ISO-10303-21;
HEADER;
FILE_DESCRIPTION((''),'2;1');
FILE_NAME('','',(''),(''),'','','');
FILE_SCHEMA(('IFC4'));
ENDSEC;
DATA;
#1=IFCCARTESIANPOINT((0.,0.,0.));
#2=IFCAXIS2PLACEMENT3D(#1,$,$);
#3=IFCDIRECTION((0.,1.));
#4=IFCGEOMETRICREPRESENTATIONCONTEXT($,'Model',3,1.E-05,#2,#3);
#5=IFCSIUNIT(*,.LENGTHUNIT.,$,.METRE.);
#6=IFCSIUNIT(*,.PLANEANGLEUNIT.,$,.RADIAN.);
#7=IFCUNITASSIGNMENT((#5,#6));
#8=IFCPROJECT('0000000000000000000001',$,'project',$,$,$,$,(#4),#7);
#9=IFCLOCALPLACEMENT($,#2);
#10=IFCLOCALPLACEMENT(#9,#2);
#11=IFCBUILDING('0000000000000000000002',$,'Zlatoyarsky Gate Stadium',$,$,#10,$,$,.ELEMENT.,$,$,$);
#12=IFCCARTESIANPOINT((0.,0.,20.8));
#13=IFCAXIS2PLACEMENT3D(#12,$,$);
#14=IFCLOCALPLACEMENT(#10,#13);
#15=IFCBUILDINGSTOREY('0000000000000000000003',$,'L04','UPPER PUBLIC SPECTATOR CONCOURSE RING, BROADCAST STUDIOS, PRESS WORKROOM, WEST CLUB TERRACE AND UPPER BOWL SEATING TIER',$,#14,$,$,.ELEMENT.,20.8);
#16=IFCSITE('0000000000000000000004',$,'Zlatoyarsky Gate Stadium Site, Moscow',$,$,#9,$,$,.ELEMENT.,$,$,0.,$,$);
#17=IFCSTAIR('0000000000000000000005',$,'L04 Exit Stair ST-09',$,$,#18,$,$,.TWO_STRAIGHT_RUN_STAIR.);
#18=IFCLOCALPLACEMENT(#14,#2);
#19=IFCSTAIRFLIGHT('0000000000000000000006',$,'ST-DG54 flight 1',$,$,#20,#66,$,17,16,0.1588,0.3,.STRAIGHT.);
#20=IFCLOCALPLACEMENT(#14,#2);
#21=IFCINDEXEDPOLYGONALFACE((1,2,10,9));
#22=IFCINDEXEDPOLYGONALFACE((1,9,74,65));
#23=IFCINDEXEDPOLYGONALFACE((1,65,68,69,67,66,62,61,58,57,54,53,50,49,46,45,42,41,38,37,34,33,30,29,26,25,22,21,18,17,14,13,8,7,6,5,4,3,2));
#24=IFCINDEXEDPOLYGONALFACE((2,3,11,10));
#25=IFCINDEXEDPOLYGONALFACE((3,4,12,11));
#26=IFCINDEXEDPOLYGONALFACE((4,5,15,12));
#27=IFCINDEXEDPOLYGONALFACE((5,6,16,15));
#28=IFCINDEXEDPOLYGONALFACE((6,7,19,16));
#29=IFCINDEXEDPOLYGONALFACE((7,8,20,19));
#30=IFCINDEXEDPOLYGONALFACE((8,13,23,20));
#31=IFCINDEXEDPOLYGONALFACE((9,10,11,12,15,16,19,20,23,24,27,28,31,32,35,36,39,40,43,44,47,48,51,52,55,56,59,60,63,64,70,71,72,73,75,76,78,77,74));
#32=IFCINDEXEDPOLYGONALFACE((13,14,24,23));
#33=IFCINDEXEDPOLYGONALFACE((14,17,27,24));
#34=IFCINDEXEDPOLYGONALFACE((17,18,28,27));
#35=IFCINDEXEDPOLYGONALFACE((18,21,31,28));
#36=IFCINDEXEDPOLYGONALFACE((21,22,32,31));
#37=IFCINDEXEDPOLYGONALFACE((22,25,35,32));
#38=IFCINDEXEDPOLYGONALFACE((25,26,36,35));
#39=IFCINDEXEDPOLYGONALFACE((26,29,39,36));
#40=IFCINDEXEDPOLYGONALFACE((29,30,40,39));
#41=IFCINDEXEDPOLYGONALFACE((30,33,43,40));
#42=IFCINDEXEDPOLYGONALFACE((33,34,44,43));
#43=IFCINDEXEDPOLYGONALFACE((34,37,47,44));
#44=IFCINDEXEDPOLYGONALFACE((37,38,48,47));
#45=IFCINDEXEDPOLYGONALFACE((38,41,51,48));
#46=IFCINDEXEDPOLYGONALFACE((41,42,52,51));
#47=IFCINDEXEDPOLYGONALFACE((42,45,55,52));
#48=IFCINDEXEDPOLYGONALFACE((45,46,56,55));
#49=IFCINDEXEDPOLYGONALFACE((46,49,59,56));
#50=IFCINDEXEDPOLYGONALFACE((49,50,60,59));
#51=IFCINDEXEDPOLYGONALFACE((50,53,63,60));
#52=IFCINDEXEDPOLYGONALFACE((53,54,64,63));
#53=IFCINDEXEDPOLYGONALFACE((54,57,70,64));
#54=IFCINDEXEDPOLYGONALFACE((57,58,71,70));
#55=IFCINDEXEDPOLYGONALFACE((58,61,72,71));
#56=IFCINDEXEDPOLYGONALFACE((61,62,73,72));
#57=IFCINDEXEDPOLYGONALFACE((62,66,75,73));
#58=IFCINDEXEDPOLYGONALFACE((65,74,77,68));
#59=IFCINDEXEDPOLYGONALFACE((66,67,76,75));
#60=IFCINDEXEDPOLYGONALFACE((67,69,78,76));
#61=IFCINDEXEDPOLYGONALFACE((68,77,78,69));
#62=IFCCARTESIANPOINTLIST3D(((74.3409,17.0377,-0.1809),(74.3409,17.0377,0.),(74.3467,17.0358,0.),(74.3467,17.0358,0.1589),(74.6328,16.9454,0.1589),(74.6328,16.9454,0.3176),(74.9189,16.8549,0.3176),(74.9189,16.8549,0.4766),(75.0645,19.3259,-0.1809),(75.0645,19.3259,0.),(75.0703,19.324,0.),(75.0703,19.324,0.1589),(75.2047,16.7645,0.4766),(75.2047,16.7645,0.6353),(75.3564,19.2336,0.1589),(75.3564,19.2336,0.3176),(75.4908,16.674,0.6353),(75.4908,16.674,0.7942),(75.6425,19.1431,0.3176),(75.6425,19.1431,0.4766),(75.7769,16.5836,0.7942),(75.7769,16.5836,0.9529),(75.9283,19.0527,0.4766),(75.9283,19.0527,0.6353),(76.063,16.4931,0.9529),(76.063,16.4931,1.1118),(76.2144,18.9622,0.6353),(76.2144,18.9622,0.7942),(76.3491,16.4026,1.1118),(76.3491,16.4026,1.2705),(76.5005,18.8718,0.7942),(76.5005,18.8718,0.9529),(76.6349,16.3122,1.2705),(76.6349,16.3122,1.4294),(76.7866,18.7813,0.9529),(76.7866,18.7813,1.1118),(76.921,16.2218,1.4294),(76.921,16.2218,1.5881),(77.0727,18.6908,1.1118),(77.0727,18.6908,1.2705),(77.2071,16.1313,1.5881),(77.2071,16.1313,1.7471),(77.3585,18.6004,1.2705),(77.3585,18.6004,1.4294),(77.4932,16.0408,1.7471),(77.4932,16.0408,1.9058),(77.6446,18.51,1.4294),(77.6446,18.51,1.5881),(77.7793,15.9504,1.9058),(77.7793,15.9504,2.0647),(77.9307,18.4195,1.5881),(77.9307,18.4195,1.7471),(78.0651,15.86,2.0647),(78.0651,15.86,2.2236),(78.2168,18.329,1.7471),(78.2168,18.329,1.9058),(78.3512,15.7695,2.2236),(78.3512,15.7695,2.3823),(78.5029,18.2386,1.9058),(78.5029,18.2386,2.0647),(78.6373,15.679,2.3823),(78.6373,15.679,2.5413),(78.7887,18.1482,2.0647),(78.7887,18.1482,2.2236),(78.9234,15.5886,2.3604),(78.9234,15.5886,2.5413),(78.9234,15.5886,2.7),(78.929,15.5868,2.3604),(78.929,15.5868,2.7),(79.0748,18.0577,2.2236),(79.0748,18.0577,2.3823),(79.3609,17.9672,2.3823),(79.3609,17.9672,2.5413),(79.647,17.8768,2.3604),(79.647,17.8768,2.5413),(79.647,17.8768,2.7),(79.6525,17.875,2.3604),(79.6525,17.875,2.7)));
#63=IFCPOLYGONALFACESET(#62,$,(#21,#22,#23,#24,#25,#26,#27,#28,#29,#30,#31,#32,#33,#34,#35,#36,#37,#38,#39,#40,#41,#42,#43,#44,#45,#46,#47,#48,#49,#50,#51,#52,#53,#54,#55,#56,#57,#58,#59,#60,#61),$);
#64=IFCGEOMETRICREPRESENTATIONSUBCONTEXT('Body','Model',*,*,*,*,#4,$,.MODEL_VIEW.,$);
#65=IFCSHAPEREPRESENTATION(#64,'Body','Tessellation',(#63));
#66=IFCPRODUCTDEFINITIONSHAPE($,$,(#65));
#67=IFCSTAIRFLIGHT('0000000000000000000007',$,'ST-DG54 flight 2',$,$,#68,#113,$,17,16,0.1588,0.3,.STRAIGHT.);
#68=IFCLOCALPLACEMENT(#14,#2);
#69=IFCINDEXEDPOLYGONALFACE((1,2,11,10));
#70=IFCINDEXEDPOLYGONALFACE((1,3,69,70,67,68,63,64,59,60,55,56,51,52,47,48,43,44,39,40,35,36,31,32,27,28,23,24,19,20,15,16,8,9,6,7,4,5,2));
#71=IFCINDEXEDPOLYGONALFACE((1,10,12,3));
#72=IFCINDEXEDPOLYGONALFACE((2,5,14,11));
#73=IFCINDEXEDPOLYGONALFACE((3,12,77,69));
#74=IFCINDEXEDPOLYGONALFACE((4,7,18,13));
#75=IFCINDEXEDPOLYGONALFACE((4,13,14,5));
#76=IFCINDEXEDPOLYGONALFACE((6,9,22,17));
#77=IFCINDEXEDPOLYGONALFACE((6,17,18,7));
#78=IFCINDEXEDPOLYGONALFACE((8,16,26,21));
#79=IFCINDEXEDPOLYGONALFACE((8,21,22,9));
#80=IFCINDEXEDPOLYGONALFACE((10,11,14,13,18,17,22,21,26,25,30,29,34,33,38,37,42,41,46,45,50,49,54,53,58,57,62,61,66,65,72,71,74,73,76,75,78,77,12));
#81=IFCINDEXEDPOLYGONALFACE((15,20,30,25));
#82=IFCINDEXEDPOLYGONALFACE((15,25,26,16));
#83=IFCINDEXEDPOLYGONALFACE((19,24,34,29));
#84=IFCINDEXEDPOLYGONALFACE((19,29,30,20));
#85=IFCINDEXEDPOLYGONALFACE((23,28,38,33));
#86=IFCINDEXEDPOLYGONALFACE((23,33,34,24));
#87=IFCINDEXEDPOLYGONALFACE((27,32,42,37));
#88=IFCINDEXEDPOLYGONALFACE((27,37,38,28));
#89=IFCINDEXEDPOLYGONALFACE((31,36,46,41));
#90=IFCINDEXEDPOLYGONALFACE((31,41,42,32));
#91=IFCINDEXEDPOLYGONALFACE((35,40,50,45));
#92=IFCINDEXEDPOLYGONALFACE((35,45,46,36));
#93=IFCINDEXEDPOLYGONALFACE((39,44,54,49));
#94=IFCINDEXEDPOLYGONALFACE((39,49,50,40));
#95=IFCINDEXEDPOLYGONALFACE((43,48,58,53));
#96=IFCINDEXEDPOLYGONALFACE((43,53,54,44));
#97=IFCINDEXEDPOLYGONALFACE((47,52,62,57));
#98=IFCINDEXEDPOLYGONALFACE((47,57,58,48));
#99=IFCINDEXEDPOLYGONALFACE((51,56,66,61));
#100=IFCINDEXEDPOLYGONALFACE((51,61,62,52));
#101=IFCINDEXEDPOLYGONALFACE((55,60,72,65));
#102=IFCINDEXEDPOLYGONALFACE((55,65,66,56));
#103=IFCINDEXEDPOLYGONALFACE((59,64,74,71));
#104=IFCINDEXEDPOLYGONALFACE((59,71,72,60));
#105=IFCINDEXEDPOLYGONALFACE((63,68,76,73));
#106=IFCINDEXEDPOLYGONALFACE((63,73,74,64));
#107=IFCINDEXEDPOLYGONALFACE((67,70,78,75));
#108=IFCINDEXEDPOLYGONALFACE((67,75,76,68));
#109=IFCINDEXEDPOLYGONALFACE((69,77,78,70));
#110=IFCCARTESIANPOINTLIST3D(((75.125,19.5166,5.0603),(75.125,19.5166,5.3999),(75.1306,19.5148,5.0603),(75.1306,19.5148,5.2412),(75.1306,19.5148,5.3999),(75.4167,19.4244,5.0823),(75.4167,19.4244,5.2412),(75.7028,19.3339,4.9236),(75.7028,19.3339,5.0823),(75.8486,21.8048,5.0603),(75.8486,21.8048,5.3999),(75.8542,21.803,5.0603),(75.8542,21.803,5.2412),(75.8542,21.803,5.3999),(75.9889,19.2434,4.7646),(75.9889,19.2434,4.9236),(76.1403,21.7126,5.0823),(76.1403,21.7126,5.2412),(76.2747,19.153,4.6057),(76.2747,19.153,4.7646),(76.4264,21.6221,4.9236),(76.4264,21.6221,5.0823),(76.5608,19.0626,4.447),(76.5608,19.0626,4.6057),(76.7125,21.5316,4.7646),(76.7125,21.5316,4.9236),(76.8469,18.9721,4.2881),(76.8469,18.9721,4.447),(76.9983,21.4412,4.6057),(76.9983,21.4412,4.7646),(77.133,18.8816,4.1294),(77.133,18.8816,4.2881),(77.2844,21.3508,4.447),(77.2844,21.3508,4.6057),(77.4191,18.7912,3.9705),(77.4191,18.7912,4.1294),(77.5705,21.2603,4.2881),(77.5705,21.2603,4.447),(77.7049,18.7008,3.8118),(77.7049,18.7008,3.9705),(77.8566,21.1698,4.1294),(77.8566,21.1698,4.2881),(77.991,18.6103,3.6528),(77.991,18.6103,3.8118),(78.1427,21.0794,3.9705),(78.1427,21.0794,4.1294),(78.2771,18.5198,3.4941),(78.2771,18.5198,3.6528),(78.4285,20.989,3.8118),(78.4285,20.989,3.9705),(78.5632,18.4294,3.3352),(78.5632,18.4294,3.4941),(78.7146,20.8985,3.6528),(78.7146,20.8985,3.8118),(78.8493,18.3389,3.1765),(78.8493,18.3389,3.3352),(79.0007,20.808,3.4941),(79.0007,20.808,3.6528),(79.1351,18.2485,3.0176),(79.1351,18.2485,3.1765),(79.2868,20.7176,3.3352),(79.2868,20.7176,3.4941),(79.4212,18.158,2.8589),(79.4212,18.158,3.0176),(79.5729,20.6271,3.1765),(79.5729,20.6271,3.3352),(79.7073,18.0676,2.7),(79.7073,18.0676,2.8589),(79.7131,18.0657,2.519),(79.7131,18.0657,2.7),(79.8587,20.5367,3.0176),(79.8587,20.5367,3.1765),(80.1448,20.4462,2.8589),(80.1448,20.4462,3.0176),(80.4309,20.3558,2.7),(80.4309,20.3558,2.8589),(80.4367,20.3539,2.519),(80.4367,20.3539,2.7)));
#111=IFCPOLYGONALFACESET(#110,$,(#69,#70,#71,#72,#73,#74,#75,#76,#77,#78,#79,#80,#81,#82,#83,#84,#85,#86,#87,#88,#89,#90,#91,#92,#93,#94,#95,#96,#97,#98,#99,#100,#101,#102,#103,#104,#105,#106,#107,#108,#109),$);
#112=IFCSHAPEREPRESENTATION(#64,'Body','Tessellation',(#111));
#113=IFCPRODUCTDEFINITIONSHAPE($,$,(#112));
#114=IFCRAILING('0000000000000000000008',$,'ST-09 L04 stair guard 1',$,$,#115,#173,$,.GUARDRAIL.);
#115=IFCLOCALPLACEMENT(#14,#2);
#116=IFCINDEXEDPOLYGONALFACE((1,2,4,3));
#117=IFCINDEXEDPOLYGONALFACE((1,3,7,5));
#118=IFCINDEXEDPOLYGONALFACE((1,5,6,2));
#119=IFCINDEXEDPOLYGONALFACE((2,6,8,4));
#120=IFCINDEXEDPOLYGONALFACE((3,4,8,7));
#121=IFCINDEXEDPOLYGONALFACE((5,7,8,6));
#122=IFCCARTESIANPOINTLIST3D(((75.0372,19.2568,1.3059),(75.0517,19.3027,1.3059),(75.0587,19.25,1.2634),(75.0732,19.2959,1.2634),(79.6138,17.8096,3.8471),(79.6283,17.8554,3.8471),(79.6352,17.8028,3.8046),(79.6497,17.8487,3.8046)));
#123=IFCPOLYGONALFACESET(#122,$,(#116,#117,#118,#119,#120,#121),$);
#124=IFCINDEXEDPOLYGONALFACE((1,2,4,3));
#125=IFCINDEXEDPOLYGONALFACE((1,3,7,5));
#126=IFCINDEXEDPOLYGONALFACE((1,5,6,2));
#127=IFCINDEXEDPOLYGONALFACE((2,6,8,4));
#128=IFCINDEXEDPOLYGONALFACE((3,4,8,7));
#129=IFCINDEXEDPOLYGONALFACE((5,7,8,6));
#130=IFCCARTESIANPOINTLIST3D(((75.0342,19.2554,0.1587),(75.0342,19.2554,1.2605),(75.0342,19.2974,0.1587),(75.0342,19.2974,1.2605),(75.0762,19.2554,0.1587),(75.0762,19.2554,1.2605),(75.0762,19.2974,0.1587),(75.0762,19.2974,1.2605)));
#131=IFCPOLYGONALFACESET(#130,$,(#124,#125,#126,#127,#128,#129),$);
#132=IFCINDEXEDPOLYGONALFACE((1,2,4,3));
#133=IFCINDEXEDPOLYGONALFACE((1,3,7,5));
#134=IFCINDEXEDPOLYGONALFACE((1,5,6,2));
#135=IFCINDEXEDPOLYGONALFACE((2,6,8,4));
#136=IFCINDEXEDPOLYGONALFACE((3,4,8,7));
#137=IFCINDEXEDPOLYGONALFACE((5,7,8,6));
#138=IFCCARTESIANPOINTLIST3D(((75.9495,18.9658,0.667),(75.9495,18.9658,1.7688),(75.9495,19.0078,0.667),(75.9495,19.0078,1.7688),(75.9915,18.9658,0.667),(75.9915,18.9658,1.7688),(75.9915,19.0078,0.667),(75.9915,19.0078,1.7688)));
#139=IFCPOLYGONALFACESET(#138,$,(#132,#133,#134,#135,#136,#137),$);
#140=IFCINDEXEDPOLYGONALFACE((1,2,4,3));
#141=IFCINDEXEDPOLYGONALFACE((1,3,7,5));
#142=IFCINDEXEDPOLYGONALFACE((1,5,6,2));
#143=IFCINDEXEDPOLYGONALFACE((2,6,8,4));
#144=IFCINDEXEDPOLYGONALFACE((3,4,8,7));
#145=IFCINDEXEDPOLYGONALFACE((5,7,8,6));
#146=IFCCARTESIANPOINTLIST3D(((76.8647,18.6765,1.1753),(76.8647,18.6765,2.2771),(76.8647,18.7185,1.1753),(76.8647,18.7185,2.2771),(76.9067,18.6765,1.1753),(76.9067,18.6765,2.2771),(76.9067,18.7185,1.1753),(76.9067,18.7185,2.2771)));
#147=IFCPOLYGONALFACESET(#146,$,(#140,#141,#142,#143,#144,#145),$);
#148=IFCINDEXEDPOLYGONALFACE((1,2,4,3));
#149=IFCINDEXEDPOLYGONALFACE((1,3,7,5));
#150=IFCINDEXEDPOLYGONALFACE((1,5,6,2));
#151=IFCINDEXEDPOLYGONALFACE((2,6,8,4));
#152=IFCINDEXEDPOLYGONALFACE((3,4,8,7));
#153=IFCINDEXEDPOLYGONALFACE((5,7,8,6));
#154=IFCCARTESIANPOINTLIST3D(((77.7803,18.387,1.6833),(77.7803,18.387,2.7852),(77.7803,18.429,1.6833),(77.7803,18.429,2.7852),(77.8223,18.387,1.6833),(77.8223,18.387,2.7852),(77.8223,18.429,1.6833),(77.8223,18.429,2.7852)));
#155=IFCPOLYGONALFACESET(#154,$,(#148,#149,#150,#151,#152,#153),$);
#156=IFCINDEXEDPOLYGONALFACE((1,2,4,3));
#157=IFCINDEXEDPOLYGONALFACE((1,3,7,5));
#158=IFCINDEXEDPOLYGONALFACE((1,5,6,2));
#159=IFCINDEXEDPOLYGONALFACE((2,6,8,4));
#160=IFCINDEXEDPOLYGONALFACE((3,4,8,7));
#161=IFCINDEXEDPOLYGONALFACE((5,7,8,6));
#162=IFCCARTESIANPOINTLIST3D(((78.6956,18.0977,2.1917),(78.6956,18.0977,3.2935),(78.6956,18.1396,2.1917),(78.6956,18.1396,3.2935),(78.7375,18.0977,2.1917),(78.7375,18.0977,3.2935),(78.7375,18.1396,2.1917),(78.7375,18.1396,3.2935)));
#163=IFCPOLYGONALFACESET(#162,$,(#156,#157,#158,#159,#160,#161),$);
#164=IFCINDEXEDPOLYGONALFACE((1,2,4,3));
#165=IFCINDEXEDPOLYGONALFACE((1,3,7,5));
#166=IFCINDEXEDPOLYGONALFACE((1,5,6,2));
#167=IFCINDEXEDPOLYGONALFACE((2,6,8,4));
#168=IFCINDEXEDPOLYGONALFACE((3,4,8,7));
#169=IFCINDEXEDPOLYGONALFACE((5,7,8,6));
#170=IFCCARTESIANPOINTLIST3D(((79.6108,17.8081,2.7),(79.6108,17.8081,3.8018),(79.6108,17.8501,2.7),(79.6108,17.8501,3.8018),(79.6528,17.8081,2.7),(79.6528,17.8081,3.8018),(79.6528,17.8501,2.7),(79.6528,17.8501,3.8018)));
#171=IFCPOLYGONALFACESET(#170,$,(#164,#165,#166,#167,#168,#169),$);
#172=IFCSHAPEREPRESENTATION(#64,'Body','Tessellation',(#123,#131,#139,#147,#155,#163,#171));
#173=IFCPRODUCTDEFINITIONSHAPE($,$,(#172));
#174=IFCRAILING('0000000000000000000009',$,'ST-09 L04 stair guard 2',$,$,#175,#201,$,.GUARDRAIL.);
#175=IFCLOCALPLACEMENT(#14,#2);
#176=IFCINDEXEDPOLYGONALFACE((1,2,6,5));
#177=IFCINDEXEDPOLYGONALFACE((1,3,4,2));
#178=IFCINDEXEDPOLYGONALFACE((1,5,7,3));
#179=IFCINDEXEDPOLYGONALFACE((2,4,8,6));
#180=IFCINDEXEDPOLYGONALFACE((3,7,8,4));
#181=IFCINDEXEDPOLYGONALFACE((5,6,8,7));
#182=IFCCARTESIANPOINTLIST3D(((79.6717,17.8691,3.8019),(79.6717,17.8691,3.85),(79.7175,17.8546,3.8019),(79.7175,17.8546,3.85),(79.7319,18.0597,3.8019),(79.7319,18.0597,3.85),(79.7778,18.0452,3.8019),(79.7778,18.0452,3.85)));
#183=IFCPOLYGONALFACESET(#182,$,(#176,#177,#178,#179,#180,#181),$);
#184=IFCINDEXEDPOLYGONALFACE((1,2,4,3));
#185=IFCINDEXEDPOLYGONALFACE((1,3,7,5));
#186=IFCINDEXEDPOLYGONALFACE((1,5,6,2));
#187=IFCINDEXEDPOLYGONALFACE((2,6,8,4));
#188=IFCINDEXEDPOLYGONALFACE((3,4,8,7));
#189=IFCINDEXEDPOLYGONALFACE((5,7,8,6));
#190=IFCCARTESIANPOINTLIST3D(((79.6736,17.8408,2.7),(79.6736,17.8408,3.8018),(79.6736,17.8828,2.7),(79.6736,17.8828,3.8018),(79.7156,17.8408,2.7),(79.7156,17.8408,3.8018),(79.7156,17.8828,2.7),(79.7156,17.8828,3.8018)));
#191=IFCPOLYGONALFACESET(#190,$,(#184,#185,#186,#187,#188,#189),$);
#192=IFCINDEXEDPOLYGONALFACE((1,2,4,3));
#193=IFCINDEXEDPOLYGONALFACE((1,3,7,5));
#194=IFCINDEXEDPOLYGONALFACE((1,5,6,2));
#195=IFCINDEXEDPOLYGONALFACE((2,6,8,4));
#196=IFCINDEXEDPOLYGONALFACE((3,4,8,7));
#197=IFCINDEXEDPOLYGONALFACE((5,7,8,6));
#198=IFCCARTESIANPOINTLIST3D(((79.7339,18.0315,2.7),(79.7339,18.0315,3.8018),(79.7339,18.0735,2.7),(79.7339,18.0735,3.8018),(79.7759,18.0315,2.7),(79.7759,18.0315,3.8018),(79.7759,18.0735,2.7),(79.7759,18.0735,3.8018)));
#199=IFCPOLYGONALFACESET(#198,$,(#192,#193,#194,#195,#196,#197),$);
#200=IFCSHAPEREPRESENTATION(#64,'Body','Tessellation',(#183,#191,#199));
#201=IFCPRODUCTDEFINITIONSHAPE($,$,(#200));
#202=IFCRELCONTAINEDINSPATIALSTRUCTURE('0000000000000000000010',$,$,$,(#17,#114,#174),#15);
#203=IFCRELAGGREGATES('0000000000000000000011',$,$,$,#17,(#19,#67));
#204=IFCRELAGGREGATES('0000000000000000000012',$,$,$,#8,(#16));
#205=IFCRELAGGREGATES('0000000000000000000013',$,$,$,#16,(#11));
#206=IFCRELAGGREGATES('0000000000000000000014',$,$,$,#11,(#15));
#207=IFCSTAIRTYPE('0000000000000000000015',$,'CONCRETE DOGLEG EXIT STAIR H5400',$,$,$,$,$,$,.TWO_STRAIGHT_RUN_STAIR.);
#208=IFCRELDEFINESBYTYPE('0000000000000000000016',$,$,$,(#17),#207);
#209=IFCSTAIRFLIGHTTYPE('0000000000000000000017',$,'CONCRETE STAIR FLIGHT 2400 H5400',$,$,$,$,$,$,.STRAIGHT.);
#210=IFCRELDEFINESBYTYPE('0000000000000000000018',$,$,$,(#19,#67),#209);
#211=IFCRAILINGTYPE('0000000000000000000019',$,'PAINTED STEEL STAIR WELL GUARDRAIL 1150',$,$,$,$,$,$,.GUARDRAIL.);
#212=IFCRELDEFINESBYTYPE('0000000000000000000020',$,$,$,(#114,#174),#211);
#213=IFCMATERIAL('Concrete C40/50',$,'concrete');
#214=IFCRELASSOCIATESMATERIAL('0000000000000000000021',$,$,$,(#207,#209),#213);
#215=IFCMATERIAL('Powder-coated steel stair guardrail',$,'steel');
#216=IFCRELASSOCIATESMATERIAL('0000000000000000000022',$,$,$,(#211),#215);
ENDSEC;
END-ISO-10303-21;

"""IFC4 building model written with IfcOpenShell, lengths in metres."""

from ifc_helpers import new_model, si_unit, direction, frame, origin, origin_2d, place, context, subcontext, project, spatial, polyline, rectangle, outline, extrude, material, type_object, element, aggregate, save


model = new_model("IFC4")

# Units and contexts
model_context = context("Model", 3, precision=1e-05, world=origin(), true_north=direction((0.0, 1.0)))
body_context = subcontext(model_context, "Body", "Model", "MODEL_VIEW")
ifc_project = project(units=[si_unit("LENGTHUNIT", "METRE"), si_unit("PLANEANGLEUNIT", "RADIAN")], contexts=[model_context])

# Site, building, storey
site_placement = place(None, origin())
site = spatial("IfcSite", under=ifc_project, at=site_placement, Name="Zlatoyarsky Gate Stadium Site, Moscow", CompositionType="ELEMENT", RefElevation=0.0)
building_placement = place(site_placement, origin())
building = spatial("IfcBuilding", under=site, at=building_placement, Name="Zlatoyarsky Gate Stadium", CompositionType="ELEMENT")
storey_placement = place(building_placement, frame((0.0, 0.0, 20.8)))
storey = spatial("IfcBuildingStorey", under=building, at=storey_placement, Name="L04", Description="UPPER PUBLIC SPECTATOR CONCOURSE RING, BROADCAST STUDIOS, PRESS WORKROOM, WEST CLUB TERRACE AND UPPER BOWL SEATING TIER", CompositionType="ELEMENT", Elevation=20.8)

# Shared definitions
ifc_material_1 = material(Name="Concrete C40/50", Category="concrete")

# Stair, stair flights
stair_type = type_object("IfcStairType", Name="CONCRETE DOGLEG EXIT STAIR H5400", PredefinedType="TWO_STRAIGHT_RUN_STAIR", material=ifc_material_1)
stair_placement = place(storey_placement, origin())
stair = element("IfcStair", 1, at=stair_placement, inside=storey, type_object=stair_type, Name="L04 Exit Stair ST-09", PredefinedType="TWO_STRAIGHT_RUN_STAIR")
stair_flight_type = type_object("IfcStairFlightType", Name="CONCRETE STAIR FLIGHT 2400 H5400", PredefinedType="STRAIGHT", material=ifc_material_1)
stair_flight_1_placement = place(storey_placement, frame((74.7085, 18.1799, 0.0), z_axis=(0.0, 0.0, 1.0), x_axis=(0.953463, -0.30151, 0.0)))
stair_flight_1 = element("IfcStairFlight", 2, at=stair_flight_1_placement, type_object=stair_flight_type, Name="ST-DG54 flight 1", NumberOfRisers=17, NumberOfTreads=16, PredefinedType="STRAIGHT", RiserHeight=0.1588, TreadLength=0.3, context=body_context, shape_type="SweptSolid", body=[
    extrude(outline(polyline([(-0.0061, -0.1809), (-0.0061, 0.0), (0.0, 0.0), (0.0, 0.1589), (0.3, 0.1589), (0.3, 0.3176), (0.6001, 0.3176), (0.6001, 0.4766), (0.8999, 0.4766), (0.8999, 0.6353), (1.2, 0.6353), (1.2, 0.7942), (1.5, 0.7942), (1.5, 0.9529), (1.8, 0.9529), (1.8, 1.1118), (2.1001, 1.1118), (2.1001, 1.2705), (2.3999, 1.2705), (2.3999, 1.4294), (2.7, 1.4294), (2.7, 1.5881), (3.0, 1.5881), (3.0, 1.7471), (3.3, 1.7471), (3.3, 1.9058), (3.6001, 1.9058), (3.6001, 2.0647), (3.8999, 2.0647), (3.8999, 2.2236), (4.2, 2.2236), (4.2, 2.3823), (4.5, 2.3823), (4.5, 2.5413), (4.8, 2.5413), (4.8, 2.7), (4.8059, 2.7), (4.8059, 2.3604), (4.8, 2.3604), (-0.0061, -0.1809)])), frame((0.0, 1.2, 0.0), z_axis=(0.0, -1.0, 0.0), x_axis=(1.0, 0.0, 0.0)), (0.0, 0.0, 1.0), 2.3999),
])
stair_flight_2_placement = place(storey_placement, frame((80.0691, 19.2117, 2.7), z_axis=(0.0, 0.0, 1.0), x_axis=(-0.953463, 0.30151, 0.0)))
stair_flight_2 = element("IfcStairFlight", 3, at=stair_flight_2_placement, type_object=stair_flight_type, Name="ST-DG54 flight 2", NumberOfRisers=17, NumberOfTreads=16, PredefinedType="STRAIGHT", RiserHeight=0.1588, TreadLength=0.3, context=body_context, shape_type="SweptSolid", body=[
    extrude(outline(polyline([(-0.0061, -0.1809), (-0.0061, 0.0), (0.0, 0.0), (0.0, 0.1589), (0.3, 0.1589), (0.3, 0.3176), (0.6001, 0.3176), (0.6001, 0.4766), (0.8999, 0.4766), (0.8999, 0.6353), (1.2, 0.6353), (1.2, 0.7942), (1.5, 0.7942), (1.5, 0.9529), (1.8, 0.9529), (1.8, 1.1118), (2.1001, 1.1118), (2.1001, 1.2705), (2.3999, 1.2705), (2.3999, 1.4294), (2.7, 1.4294), (2.7, 1.5881), (3.0, 1.5881), (3.0, 1.7471), (3.3, 1.7471), (3.3, 1.9058), (3.6001, 1.9058), (3.6001, 2.0647), (3.8999, 2.0647), (3.8999, 2.2236), (4.2, 2.2236), (4.2, 2.3823), (4.5, 2.3823), (4.5, 2.5413), (4.8, 2.5413), (4.8, 2.7), (4.8059, 2.7), (4.8059, 2.3604), (4.8, 2.3604), (-0.0061, -0.1809)])), frame((0.0, 1.2, 0.0), z_axis=(0.0, -1.0, 0.0), x_axis=(1.0, 0.0, 0.0)), (0.0, 0.0, 1.0), 2.3999),
])
aggregate(stair, [stair_flight_1, stair_flight_2])

# Railings
ifc_material_2 = material(Name="Powder-coated steel stair guardrail", Category="steel")
railing_type_1 = type_object("IfcRailingType", Name="PAINTED STEEL STAIR WELL GUARDRAIL 1150", PredefinedType="GUARDRAIL", material=ifc_material_2)
railing_1_placement = place(storey_placement, frame((75.0552, 19.2764, 0.1587)))
element("IfcRailing", 4, at=railing_1_placement, inside=storey, type_object=railing_type_1, Name="ST-09 L04 stair guard 1", PredefinedType="GUARDRAIL", context=body_context, shape_type="SweptSolid", body=[
    extrude(rectangle(XDim=0.0481, YDim=0.0481, at=origin_2d()), frame((0.0, 0.0, 1.126), z_axis=(0.842654, -0.26647, 0.467897), x_axis=(0.301511, 0.953463, 0.0)), (0.0, 0.0, 1.0), 5.4312),
    extrude(rectangle(XDim=0.042, YDim=0.042, at=origin_2d()), origin(), (0.0, 0.0, 1.0), 1.1018),
    extrude(rectangle(XDim=0.042, YDim=0.042, at=origin_2d()), frame((0.9153, -0.2896, 0.5083)), (0.0, 0.0, 1.0), 1.1018),
    extrude(rectangle(XDim=0.042, YDim=0.042, at=origin_2d()), frame((1.8306, -0.5789, 1.0166)), (0.0, 0.0, 1.0), 1.1018),
    extrude(rectangle(XDim=0.042, YDim=0.042, at=origin_2d()), frame((2.7461, -0.8684, 1.5247)), (0.0, 0.0, 1.0), 1.1018),
    extrude(rectangle(XDim=0.042, YDim=0.042, at=origin_2d()), frame((3.6614, -1.1577, 2.033)), (0.0, 0.0, 1.0), 1.1018),
    extrude(rectangle(XDim=0.042, YDim=0.042, at=origin_2d()), frame((4.5767, -1.4473, 2.5413)), (0.0, 0.0, 1.0), 1.1018),
])
railing_2_placement = place(storey_placement, frame((79.6946, 17.8618, 2.7)))
element("IfcRailing", 5, at=railing_2_placement, inside=storey, type_object=railing_type_1, Name="ST-09 L04 stair guard 2", PredefinedType="GUARDRAIL", context=body_context, shape_type="SweptSolid", body=[
    extrude(rectangle(XDim=0.0481, YDim=0.0481, at=origin_2d()), frame((0.0, 0.0, 1.126), z_axis=(0.30154, 0.953453, 0.0), x_axis=(-0.953453, 0.30154, 0.0)), (0.0, 0.0, 1.0), 0.2),
    extrude(rectangle(XDim=0.042, YDim=0.042, at=origin_2d()), origin(), (0.0, 0.0, 1.0), 1.1018),
    extrude(rectangle(XDim=0.042, YDim=0.042, at=origin_2d()), frame((0.0603, 0.1907, 0.0)), (0.0, 0.0, 1.0), 1.1018),
])

save(model, "model.ifc")
